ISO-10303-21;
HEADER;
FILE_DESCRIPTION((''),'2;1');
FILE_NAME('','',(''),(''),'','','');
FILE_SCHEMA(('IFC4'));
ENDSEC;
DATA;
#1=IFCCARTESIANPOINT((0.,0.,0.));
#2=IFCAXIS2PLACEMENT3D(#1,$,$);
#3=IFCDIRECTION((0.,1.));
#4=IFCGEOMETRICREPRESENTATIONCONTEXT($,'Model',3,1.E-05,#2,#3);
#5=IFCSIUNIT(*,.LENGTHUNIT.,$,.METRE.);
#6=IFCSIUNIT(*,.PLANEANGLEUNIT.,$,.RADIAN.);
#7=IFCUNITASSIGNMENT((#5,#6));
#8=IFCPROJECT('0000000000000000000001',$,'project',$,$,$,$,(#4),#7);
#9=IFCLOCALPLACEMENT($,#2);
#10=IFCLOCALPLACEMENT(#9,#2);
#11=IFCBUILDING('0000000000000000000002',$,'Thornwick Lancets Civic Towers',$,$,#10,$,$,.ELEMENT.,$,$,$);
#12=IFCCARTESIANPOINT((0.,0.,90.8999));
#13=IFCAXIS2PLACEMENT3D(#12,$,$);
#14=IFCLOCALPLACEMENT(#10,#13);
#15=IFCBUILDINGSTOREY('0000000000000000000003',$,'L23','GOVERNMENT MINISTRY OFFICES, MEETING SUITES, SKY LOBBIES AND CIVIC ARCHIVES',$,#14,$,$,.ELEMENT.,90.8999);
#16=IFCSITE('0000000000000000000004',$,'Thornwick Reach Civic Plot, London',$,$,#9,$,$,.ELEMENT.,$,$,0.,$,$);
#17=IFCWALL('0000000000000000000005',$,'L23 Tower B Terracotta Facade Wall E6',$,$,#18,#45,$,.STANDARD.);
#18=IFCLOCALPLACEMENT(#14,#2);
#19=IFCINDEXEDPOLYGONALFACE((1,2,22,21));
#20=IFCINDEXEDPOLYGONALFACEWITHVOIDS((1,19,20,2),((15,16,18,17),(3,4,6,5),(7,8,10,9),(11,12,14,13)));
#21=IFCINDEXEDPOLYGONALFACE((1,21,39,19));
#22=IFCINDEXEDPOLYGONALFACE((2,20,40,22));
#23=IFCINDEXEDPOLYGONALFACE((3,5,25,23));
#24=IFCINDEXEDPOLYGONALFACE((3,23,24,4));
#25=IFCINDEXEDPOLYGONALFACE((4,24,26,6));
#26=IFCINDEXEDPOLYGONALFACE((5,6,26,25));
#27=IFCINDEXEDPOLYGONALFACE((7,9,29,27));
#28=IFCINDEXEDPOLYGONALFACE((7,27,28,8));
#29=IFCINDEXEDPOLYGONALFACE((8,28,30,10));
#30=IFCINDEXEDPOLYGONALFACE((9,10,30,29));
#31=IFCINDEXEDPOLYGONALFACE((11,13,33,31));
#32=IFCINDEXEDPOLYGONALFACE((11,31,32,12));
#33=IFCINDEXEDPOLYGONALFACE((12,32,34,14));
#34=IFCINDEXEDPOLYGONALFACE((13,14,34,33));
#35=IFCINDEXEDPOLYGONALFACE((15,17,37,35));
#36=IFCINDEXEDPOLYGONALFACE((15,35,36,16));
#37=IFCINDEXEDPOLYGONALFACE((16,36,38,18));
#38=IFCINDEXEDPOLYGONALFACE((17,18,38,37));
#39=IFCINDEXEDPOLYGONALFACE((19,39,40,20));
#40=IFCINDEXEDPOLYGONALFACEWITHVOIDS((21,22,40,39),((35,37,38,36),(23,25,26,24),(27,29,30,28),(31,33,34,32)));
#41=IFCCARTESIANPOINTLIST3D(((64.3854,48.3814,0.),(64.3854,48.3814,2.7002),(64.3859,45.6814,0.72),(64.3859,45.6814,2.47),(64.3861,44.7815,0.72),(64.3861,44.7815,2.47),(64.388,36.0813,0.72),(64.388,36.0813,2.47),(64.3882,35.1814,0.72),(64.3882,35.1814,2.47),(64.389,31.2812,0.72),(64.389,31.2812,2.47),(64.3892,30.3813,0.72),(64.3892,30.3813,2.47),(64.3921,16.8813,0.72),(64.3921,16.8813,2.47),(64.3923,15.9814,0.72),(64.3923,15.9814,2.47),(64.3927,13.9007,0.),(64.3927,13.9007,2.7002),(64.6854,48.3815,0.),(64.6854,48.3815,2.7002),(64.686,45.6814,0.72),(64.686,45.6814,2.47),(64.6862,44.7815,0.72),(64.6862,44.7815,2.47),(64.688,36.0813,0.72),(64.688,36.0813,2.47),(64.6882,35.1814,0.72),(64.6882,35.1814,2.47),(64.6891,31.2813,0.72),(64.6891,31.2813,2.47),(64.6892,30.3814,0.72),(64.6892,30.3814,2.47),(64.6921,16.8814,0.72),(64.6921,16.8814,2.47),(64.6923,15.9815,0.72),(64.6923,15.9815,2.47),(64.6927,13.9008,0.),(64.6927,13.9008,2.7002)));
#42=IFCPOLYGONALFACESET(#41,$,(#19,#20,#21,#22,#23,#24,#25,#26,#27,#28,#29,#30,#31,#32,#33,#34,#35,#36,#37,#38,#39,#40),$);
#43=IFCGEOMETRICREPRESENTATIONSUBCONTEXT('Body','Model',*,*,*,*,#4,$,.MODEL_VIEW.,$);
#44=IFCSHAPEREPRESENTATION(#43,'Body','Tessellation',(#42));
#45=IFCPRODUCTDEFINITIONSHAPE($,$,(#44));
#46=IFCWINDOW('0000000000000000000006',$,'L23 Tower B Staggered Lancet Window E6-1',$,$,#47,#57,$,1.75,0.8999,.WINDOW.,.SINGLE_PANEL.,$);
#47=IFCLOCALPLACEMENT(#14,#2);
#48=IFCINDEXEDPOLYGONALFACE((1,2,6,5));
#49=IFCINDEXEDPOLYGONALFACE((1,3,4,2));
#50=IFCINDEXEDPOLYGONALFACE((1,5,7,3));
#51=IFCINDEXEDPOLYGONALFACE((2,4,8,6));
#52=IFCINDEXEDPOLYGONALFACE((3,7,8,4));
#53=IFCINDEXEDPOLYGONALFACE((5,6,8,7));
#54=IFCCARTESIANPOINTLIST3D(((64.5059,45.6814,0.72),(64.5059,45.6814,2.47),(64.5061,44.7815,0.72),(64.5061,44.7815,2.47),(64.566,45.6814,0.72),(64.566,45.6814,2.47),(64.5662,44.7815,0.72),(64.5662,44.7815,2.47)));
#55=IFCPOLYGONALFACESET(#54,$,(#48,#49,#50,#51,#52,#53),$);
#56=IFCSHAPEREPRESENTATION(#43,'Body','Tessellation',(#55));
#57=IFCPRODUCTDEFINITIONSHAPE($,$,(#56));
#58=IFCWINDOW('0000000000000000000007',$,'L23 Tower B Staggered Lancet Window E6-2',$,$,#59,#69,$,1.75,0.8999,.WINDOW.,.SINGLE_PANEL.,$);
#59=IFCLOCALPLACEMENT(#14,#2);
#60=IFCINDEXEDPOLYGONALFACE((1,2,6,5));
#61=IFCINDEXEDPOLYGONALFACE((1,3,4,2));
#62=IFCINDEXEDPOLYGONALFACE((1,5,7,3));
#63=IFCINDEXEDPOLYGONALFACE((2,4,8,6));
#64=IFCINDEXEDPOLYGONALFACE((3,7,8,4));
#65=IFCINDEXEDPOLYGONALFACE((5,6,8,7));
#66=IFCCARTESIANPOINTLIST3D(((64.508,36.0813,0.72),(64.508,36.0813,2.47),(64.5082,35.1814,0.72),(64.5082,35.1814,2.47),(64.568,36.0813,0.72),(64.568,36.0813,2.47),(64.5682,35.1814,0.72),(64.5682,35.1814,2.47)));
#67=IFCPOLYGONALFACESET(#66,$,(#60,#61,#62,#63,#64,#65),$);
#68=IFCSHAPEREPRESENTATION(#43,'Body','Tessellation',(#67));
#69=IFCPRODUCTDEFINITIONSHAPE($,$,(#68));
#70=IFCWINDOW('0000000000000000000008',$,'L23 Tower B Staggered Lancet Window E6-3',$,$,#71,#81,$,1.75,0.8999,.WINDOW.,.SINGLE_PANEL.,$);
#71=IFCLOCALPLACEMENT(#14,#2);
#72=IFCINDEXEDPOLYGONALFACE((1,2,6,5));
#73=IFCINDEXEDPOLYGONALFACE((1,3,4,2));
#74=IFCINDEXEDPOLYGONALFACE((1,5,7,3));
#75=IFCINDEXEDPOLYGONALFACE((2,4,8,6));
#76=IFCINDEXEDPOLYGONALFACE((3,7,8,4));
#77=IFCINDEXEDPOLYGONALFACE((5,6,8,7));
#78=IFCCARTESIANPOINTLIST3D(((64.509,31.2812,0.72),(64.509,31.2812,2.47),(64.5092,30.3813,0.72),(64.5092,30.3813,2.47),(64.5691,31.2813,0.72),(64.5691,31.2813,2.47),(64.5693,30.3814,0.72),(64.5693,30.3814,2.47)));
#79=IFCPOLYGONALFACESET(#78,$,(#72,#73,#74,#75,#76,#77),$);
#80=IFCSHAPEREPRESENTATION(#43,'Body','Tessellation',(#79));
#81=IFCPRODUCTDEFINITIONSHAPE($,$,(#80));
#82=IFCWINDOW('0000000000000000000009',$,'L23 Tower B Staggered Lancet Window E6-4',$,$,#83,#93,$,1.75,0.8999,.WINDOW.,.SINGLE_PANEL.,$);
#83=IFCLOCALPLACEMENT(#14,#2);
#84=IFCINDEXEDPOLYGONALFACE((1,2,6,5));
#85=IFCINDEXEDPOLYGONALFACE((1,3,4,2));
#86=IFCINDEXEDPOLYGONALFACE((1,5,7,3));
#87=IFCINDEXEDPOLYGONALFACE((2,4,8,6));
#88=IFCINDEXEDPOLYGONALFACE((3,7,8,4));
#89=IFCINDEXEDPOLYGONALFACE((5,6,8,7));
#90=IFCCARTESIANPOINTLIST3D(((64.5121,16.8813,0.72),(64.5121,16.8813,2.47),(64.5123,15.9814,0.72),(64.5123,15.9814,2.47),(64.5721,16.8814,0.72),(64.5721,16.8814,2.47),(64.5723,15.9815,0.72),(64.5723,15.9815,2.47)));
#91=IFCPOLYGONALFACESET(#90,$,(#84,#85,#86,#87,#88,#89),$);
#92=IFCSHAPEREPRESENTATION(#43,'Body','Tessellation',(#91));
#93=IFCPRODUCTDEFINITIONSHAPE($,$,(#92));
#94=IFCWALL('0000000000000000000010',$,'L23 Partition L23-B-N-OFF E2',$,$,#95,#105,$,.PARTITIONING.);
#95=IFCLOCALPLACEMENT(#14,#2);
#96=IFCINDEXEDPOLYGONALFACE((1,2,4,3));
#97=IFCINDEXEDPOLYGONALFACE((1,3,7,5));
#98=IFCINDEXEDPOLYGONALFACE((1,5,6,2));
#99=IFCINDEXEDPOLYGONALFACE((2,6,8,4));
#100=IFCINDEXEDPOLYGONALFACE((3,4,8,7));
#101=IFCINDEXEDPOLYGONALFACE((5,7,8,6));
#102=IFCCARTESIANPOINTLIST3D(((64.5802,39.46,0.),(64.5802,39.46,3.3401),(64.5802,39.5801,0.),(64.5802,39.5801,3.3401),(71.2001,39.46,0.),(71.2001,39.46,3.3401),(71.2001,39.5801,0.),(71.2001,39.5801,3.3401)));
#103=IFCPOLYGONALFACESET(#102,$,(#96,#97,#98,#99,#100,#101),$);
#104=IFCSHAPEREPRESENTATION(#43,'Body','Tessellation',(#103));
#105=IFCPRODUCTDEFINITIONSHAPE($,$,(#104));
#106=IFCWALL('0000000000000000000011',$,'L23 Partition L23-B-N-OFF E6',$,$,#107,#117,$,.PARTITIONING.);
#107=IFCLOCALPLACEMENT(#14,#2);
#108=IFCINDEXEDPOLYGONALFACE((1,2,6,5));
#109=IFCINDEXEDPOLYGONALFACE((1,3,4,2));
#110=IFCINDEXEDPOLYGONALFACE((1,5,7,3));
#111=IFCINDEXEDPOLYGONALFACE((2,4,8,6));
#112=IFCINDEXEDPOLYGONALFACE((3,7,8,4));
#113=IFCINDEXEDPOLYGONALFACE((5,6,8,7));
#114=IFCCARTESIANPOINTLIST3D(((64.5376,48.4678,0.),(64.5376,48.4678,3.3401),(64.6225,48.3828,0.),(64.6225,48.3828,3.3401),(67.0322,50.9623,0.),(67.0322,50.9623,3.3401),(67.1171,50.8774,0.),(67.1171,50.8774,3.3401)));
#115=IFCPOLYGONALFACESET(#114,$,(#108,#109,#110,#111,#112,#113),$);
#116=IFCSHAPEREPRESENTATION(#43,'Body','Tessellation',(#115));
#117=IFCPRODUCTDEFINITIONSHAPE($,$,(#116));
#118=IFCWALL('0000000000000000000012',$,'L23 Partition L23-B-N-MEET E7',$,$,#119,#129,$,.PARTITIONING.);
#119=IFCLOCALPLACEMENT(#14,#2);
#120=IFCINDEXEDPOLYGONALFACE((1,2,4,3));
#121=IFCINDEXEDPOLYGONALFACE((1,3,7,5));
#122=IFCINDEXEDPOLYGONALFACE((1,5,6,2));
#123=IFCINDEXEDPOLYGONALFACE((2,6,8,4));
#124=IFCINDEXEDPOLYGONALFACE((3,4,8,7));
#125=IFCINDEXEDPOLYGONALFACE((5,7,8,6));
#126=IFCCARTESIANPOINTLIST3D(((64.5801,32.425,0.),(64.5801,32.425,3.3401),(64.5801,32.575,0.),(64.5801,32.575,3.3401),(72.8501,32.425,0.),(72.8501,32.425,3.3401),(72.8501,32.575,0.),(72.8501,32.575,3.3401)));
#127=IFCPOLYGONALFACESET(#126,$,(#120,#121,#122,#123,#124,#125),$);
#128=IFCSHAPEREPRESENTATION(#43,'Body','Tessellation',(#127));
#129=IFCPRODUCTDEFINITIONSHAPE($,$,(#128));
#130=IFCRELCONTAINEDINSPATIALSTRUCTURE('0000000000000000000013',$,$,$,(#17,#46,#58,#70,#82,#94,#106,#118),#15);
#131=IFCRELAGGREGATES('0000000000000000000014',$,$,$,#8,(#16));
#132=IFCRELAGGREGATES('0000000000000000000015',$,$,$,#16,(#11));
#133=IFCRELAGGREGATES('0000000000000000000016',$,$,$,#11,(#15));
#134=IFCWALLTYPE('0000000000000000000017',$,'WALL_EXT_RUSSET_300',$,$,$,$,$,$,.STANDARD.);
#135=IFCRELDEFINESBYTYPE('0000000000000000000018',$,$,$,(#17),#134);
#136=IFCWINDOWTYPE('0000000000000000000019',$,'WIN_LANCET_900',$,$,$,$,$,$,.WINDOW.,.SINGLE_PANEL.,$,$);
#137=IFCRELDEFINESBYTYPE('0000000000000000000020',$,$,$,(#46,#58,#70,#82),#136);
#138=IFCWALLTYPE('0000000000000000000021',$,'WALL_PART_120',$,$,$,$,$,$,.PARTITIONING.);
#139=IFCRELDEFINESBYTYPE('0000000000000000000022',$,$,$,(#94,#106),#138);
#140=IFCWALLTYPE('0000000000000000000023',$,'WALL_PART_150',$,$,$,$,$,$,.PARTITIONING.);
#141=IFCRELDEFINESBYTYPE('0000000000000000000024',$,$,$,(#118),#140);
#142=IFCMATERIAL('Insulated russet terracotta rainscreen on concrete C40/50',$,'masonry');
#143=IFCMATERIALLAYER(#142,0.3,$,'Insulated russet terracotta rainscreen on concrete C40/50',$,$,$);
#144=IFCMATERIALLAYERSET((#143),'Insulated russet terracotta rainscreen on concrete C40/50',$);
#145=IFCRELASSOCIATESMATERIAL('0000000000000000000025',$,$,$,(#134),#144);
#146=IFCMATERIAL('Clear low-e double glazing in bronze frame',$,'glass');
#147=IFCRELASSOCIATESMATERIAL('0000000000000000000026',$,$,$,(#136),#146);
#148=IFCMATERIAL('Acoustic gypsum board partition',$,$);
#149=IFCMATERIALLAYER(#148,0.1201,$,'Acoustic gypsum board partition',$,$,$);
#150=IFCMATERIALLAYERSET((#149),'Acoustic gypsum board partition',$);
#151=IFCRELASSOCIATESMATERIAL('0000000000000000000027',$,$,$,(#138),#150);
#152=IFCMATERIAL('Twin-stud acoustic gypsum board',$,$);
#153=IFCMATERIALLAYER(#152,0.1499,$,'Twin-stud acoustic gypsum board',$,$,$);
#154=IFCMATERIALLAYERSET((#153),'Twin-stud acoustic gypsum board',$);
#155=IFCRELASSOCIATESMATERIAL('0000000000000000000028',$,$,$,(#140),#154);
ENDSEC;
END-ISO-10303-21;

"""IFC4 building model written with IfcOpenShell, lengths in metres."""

from ifc_helpers import new_model, si_unit, direction, frame, frame_2d, origin, place, context, subcontext, project, spatial, rectangle, extrude, material, layer, layer_set, type_object, element, fill, save


model = new_model("IFC4")

# Units and contexts
model_context = context("Model", 3, precision=1e-05, world=origin(), true_north=direction((0.0, 1.0)))
body_context = subcontext(model_context, "Body", "Model", "MODEL_VIEW")
ifc_project = project(units=[si_unit("LENGTHUNIT", "METRE"), si_unit("PLANEANGLEUNIT", "RADIAN")], contexts=[model_context])

# Site, building, storey
site_placement = place(None, origin())
site = spatial("IfcSite", under=ifc_project, at=site_placement, Name="Thornwick Reach Civic Plot, London", CompositionType="ELEMENT", RefElevation=0.0)
building_placement = place(site_placement, origin())
building = spatial("IfcBuilding", under=site, at=building_placement, Name="Thornwick Lancets Civic Towers", CompositionType="ELEMENT")
storey_placement = place(building_placement, frame((0.0, 0.0, 90.8999)))
storey = spatial("IfcBuildingStorey", under=building, at=storey_placement, Name="L23", Description="GOVERNMENT MINISTRY OFFICES, MEETING SUITES, SKY LOBBIES AND CIVIC ARCHIVES", CompositionType="ELEMENT", Elevation=90.8999)

# Wall, openings, windows
ifc_material_1 = material(Name="Insulated russet terracotta rainscreen on concrete C40/50", Category="masonry")
ifc_layer_1 = layer(ifc_material_1, 0.3, Name="Insulated russet terracotta rainscreen on concrete C40/50")
ifc_layer_set_1 = layer_set([ifc_layer_1], Name="Insulated russet terracotta rainscreen on concrete C40/50")
wall_type_1 = type_object("IfcWallType", Name="WALL_EXT_RUSSET_300", PredefinedType="STANDARD", material=ifc_layer_set_1)
wall_1_placement = place(storey_placement, frame((64.5354, 48.3813, 0.0), z_axis=(0.0, 0.0, 1.0), x_axis=(0.000212, -1.0, 0.0)))
wall_1 = element("IfcWall", 1, at=wall_1_placement, inside=storey, type_object=wall_type_1, Name="L23 Tower B Terracotta Facade Wall E6", PredefinedType="STANDARD", context=body_context, shape_type="SweptSolid", body=[
    extrude(rectangle(XDim=34.4807, YDim=0.3, at=frame_2d((17.2402, 0.0))), origin(), (0.0, 0.0, 1.0), 2.7002),
])
opening_1_placement = place(wall_1_placement, frame((2.7, 0.0, 0.72)))
opening_1 = element("IfcOpeningElement", 2, at=opening_1_placement, cuts=wall_1, PredefinedType="OPENING", context=body_context, shape_type="SweptSolid", body=[
    extrude(rectangle(XDim=0.8999, YDim=1.75, at=frame_2d((0.45, 0.875))), frame((0.0, 0.1602, 0.0), z_axis=(0.0, -1.0, 0.0), x_axis=(1.0, 0.0, 0.0)), (0.0, 0.0, 1.0), 0.3201),
])
opening_2_placement = place(wall_1_placement, frame((12.3, 0.0, 0.72)))
opening_2 = element("IfcOpeningElement", 3, at=opening_2_placement, cuts=wall_1, PredefinedType="OPENING", context=body_context, shape_type="SweptSolid", body=[
    extrude(rectangle(XDim=0.8999, YDim=1.75, at=frame_2d((0.45, 0.875))), frame((0.0, 0.1602, 0.0), z_axis=(0.0, -1.0, 0.0), x_axis=(1.0, 0.0, 0.0)), (0.0, 0.0, 1.0), 0.3201),
])
opening_3_placement = place(wall_1_placement, frame((17.1001, 0.0, 0.72)))
opening_3 = element("IfcOpeningElement", 4, at=opening_3_placement, cuts=wall_1, PredefinedType="OPENING", context=body_context, shape_type="SweptSolid", body=[
    extrude(rectangle(XDim=0.8999, YDim=1.75, at=frame_2d((0.45, 0.875))), frame((0.0, 0.1602, 0.0), z_axis=(0.0, -1.0, 0.0), x_axis=(1.0, 0.0, 0.0)), (0.0, 0.0, 1.0), 0.3201),
])
opening_4_placement = place(wall_1_placement, frame((31.5, 0.0, 0.72)))
opening_4 = element("IfcOpeningElement", 5, at=opening_4_placement, cuts=wall_1, PredefinedType="OPENING", context=body_context, shape_type="SweptSolid", body=[
    extrude(rectangle(XDim=0.8999, YDim=1.75, at=frame_2d((0.45, 0.875))), frame((0.0, 0.1602, 0.0), z_axis=(0.0, -1.0, 0.0), x_axis=(1.0, 0.0, 0.0)), (0.0, 0.0, 1.0), 0.3201),
])
ifc_material_2 = material(Name="Clear low-e double glazing in bronze frame", Category="glass")
window_type = type_object("IfcWindowType", Name="WIN_LANCET_900", PartitioningType="SINGLE_PANEL", PredefinedType="WINDOW", material=ifc_material_2)
window_1_placement = place(opening_1_placement, origin())
window_1 = element("IfcWindow", 6, at=window_1_placement, inside=storey, type_object=window_type, Name="L23 Tower B Staggered Lancet Window E6-1", OverallHeight=1.75, OverallWidth=0.8999, PartitioningType="SINGLE_PANEL", PredefinedType="WINDOW", context=body_context, shape_type="SweptSolid", body=[
    extrude(rectangle(XDim=0.8999, YDim=1.75, at=frame_2d((0.45, 0.875))), frame((0.0, 0.03, 0.0), z_axis=(0.0, -1.0, 0.0), x_axis=(1.0, 0.0, 0.0)), (0.0, 0.0, 1.0), 0.0601),
])
fill(opening_1, window_1)
window_2_placement = place(opening_2_placement, origin())
window_2 = element("IfcWindow", 7, at=window_2_placement, inside=storey, type_object=window_type, Name="L23 Tower B Staggered Lancet Window E6-2", OverallHeight=1.75, OverallWidth=0.8999, PartitioningType="SINGLE_PANEL", PredefinedType="WINDOW", context=body_context, shape_type="SweptSolid", body=[
    extrude(rectangle(XDim=0.8999, YDim=1.75, at=frame_2d((0.45, 0.875))), frame((0.0, 0.03, 0.0), z_axis=(0.0, -1.0, 0.0), x_axis=(1.0, 0.0, 0.0)), (0.0, 0.0, 1.0), 0.0601),
])
fill(opening_2, window_2)
window_3_placement = place(opening_3_placement, origin())
window_3 = element("IfcWindow", 8, at=window_3_placement, inside=storey, type_object=window_type, Name="L23 Tower B Staggered Lancet Window E6-3", OverallHeight=1.75, OverallWidth=0.8999, PartitioningType="SINGLE_PANEL", PredefinedType="WINDOW", context=body_context, shape_type="SweptSolid", body=[
    extrude(rectangle(XDim=0.8999, YDim=1.75, at=frame_2d((0.45, 0.875))), frame((0.0, 0.03, 0.0), z_axis=(0.0, -1.0, 0.0), x_axis=(1.0, 0.0, 0.0)), (0.0, 0.0, 1.0), 0.0601),
])
fill(opening_3, window_3)
window_4_placement = place(opening_4_placement, origin())
window_4 = element("IfcWindow", 9, at=window_4_placement, inside=storey, type_object=window_type, Name="L23 Tower B Staggered Lancet Window E6-4", OverallHeight=1.75, OverallWidth=0.8999, PartitioningType="SINGLE_PANEL", PredefinedType="WINDOW", context=body_context, shape_type="SweptSolid", body=[
    extrude(rectangle(XDim=0.8999, YDim=1.75, at=frame_2d((0.45, 0.875))), frame((0.0, 0.03, 0.0), z_axis=(0.0, -1.0, 0.0), x_axis=(1.0, 0.0, 0.0)), (0.0, 0.0, 1.0), 0.0601),
])
fill(opening_4, window_4)

# Walls
ifc_material_3 = material(Name="Acoustic gypsum board partition")
ifc_layer_2 = layer(ifc_material_3, 0.1201, Name="Acoustic gypsum board partition")
ifc_layer_set_2 = layer_set([ifc_layer_2], Name="Acoustic gypsum board partition")
wall_type_2 = type_object("IfcWallType", Name="WALL_PART_120", PredefinedType="PARTITIONING", material=ifc_layer_set_2)
wall_2_placement = place(storey_placement, frame((64.5801, 39.52, 0.0), z_axis=(0.0, 0.0, 1.0), x_axis=(1.0, 0.0, 0.0)))
element("IfcWall", 10, at=wall_2_placement, inside=storey, type_object=wall_type_2, Name="L23 Partition L23-B-N-OFF E2", PredefinedType="PARTITIONING", context=body_context, shape_type="SweptSolid", body=[
    extrude(rectangle(XDim=6.6199, YDim=0.1201, at=frame_2d((3.3101, 0.0))), origin(), (0.0, 0.0, 1.0), 3.3401),
])
wall_3_placement = place(storey_placement, frame((64.5801, 48.4253, 0.0), z_axis=(0.0, 0.0, 1.0), x_axis=(0.707107, 0.707107, 0.0)))
element("IfcWall", 11, at=wall_3_placement, inside=storey, type_object=wall_type_2, Name="L23 Partition L23-B-N-OFF E6", PredefinedType="PARTITIONING", context=body_context, shape_type="SweptSolid", body=[
    extrude(rectangle(XDim=3.5278, YDim=0.1201, at=frame_2d((1.7639, 0.0))), origin(), (0.0, 0.0, 1.0), 3.3401),
])
ifc_material_4 = material(Name="Twin-stud acoustic gypsum board")
ifc_layer_3 = layer(ifc_material_4, 0.1499, Name="Twin-stud acoustic gypsum board")
ifc_layer_set_3 = layer_set([ifc_layer_3], Name="Twin-stud acoustic gypsum board")
wall_type_3 = type_object("IfcWallType", Name="WALL_PART_150", PredefinedType="PARTITIONING", material=ifc_layer_set_3)
wall_4_placement = place(storey_placement, frame((64.5801, 32.5, 0.0), z_axis=(0.0, 0.0, 1.0), x_axis=(1.0, 0.0, 0.0)))
element("IfcWall", 12, at=wall_4_placement, inside=storey, type_object=wall_type_3, Name="L23 Partition L23-B-N-MEET E7", PredefinedType="PARTITIONING", context=body_context, shape_type="SweptSolid", body=[
    extrude(rectangle(XDim=8.27, YDim=0.1499, at=frame_2d((4.135, 0.0))), origin(), (0.0, 0.0, 1.0), 3.3401),
])

save(model, "model.ifc")
